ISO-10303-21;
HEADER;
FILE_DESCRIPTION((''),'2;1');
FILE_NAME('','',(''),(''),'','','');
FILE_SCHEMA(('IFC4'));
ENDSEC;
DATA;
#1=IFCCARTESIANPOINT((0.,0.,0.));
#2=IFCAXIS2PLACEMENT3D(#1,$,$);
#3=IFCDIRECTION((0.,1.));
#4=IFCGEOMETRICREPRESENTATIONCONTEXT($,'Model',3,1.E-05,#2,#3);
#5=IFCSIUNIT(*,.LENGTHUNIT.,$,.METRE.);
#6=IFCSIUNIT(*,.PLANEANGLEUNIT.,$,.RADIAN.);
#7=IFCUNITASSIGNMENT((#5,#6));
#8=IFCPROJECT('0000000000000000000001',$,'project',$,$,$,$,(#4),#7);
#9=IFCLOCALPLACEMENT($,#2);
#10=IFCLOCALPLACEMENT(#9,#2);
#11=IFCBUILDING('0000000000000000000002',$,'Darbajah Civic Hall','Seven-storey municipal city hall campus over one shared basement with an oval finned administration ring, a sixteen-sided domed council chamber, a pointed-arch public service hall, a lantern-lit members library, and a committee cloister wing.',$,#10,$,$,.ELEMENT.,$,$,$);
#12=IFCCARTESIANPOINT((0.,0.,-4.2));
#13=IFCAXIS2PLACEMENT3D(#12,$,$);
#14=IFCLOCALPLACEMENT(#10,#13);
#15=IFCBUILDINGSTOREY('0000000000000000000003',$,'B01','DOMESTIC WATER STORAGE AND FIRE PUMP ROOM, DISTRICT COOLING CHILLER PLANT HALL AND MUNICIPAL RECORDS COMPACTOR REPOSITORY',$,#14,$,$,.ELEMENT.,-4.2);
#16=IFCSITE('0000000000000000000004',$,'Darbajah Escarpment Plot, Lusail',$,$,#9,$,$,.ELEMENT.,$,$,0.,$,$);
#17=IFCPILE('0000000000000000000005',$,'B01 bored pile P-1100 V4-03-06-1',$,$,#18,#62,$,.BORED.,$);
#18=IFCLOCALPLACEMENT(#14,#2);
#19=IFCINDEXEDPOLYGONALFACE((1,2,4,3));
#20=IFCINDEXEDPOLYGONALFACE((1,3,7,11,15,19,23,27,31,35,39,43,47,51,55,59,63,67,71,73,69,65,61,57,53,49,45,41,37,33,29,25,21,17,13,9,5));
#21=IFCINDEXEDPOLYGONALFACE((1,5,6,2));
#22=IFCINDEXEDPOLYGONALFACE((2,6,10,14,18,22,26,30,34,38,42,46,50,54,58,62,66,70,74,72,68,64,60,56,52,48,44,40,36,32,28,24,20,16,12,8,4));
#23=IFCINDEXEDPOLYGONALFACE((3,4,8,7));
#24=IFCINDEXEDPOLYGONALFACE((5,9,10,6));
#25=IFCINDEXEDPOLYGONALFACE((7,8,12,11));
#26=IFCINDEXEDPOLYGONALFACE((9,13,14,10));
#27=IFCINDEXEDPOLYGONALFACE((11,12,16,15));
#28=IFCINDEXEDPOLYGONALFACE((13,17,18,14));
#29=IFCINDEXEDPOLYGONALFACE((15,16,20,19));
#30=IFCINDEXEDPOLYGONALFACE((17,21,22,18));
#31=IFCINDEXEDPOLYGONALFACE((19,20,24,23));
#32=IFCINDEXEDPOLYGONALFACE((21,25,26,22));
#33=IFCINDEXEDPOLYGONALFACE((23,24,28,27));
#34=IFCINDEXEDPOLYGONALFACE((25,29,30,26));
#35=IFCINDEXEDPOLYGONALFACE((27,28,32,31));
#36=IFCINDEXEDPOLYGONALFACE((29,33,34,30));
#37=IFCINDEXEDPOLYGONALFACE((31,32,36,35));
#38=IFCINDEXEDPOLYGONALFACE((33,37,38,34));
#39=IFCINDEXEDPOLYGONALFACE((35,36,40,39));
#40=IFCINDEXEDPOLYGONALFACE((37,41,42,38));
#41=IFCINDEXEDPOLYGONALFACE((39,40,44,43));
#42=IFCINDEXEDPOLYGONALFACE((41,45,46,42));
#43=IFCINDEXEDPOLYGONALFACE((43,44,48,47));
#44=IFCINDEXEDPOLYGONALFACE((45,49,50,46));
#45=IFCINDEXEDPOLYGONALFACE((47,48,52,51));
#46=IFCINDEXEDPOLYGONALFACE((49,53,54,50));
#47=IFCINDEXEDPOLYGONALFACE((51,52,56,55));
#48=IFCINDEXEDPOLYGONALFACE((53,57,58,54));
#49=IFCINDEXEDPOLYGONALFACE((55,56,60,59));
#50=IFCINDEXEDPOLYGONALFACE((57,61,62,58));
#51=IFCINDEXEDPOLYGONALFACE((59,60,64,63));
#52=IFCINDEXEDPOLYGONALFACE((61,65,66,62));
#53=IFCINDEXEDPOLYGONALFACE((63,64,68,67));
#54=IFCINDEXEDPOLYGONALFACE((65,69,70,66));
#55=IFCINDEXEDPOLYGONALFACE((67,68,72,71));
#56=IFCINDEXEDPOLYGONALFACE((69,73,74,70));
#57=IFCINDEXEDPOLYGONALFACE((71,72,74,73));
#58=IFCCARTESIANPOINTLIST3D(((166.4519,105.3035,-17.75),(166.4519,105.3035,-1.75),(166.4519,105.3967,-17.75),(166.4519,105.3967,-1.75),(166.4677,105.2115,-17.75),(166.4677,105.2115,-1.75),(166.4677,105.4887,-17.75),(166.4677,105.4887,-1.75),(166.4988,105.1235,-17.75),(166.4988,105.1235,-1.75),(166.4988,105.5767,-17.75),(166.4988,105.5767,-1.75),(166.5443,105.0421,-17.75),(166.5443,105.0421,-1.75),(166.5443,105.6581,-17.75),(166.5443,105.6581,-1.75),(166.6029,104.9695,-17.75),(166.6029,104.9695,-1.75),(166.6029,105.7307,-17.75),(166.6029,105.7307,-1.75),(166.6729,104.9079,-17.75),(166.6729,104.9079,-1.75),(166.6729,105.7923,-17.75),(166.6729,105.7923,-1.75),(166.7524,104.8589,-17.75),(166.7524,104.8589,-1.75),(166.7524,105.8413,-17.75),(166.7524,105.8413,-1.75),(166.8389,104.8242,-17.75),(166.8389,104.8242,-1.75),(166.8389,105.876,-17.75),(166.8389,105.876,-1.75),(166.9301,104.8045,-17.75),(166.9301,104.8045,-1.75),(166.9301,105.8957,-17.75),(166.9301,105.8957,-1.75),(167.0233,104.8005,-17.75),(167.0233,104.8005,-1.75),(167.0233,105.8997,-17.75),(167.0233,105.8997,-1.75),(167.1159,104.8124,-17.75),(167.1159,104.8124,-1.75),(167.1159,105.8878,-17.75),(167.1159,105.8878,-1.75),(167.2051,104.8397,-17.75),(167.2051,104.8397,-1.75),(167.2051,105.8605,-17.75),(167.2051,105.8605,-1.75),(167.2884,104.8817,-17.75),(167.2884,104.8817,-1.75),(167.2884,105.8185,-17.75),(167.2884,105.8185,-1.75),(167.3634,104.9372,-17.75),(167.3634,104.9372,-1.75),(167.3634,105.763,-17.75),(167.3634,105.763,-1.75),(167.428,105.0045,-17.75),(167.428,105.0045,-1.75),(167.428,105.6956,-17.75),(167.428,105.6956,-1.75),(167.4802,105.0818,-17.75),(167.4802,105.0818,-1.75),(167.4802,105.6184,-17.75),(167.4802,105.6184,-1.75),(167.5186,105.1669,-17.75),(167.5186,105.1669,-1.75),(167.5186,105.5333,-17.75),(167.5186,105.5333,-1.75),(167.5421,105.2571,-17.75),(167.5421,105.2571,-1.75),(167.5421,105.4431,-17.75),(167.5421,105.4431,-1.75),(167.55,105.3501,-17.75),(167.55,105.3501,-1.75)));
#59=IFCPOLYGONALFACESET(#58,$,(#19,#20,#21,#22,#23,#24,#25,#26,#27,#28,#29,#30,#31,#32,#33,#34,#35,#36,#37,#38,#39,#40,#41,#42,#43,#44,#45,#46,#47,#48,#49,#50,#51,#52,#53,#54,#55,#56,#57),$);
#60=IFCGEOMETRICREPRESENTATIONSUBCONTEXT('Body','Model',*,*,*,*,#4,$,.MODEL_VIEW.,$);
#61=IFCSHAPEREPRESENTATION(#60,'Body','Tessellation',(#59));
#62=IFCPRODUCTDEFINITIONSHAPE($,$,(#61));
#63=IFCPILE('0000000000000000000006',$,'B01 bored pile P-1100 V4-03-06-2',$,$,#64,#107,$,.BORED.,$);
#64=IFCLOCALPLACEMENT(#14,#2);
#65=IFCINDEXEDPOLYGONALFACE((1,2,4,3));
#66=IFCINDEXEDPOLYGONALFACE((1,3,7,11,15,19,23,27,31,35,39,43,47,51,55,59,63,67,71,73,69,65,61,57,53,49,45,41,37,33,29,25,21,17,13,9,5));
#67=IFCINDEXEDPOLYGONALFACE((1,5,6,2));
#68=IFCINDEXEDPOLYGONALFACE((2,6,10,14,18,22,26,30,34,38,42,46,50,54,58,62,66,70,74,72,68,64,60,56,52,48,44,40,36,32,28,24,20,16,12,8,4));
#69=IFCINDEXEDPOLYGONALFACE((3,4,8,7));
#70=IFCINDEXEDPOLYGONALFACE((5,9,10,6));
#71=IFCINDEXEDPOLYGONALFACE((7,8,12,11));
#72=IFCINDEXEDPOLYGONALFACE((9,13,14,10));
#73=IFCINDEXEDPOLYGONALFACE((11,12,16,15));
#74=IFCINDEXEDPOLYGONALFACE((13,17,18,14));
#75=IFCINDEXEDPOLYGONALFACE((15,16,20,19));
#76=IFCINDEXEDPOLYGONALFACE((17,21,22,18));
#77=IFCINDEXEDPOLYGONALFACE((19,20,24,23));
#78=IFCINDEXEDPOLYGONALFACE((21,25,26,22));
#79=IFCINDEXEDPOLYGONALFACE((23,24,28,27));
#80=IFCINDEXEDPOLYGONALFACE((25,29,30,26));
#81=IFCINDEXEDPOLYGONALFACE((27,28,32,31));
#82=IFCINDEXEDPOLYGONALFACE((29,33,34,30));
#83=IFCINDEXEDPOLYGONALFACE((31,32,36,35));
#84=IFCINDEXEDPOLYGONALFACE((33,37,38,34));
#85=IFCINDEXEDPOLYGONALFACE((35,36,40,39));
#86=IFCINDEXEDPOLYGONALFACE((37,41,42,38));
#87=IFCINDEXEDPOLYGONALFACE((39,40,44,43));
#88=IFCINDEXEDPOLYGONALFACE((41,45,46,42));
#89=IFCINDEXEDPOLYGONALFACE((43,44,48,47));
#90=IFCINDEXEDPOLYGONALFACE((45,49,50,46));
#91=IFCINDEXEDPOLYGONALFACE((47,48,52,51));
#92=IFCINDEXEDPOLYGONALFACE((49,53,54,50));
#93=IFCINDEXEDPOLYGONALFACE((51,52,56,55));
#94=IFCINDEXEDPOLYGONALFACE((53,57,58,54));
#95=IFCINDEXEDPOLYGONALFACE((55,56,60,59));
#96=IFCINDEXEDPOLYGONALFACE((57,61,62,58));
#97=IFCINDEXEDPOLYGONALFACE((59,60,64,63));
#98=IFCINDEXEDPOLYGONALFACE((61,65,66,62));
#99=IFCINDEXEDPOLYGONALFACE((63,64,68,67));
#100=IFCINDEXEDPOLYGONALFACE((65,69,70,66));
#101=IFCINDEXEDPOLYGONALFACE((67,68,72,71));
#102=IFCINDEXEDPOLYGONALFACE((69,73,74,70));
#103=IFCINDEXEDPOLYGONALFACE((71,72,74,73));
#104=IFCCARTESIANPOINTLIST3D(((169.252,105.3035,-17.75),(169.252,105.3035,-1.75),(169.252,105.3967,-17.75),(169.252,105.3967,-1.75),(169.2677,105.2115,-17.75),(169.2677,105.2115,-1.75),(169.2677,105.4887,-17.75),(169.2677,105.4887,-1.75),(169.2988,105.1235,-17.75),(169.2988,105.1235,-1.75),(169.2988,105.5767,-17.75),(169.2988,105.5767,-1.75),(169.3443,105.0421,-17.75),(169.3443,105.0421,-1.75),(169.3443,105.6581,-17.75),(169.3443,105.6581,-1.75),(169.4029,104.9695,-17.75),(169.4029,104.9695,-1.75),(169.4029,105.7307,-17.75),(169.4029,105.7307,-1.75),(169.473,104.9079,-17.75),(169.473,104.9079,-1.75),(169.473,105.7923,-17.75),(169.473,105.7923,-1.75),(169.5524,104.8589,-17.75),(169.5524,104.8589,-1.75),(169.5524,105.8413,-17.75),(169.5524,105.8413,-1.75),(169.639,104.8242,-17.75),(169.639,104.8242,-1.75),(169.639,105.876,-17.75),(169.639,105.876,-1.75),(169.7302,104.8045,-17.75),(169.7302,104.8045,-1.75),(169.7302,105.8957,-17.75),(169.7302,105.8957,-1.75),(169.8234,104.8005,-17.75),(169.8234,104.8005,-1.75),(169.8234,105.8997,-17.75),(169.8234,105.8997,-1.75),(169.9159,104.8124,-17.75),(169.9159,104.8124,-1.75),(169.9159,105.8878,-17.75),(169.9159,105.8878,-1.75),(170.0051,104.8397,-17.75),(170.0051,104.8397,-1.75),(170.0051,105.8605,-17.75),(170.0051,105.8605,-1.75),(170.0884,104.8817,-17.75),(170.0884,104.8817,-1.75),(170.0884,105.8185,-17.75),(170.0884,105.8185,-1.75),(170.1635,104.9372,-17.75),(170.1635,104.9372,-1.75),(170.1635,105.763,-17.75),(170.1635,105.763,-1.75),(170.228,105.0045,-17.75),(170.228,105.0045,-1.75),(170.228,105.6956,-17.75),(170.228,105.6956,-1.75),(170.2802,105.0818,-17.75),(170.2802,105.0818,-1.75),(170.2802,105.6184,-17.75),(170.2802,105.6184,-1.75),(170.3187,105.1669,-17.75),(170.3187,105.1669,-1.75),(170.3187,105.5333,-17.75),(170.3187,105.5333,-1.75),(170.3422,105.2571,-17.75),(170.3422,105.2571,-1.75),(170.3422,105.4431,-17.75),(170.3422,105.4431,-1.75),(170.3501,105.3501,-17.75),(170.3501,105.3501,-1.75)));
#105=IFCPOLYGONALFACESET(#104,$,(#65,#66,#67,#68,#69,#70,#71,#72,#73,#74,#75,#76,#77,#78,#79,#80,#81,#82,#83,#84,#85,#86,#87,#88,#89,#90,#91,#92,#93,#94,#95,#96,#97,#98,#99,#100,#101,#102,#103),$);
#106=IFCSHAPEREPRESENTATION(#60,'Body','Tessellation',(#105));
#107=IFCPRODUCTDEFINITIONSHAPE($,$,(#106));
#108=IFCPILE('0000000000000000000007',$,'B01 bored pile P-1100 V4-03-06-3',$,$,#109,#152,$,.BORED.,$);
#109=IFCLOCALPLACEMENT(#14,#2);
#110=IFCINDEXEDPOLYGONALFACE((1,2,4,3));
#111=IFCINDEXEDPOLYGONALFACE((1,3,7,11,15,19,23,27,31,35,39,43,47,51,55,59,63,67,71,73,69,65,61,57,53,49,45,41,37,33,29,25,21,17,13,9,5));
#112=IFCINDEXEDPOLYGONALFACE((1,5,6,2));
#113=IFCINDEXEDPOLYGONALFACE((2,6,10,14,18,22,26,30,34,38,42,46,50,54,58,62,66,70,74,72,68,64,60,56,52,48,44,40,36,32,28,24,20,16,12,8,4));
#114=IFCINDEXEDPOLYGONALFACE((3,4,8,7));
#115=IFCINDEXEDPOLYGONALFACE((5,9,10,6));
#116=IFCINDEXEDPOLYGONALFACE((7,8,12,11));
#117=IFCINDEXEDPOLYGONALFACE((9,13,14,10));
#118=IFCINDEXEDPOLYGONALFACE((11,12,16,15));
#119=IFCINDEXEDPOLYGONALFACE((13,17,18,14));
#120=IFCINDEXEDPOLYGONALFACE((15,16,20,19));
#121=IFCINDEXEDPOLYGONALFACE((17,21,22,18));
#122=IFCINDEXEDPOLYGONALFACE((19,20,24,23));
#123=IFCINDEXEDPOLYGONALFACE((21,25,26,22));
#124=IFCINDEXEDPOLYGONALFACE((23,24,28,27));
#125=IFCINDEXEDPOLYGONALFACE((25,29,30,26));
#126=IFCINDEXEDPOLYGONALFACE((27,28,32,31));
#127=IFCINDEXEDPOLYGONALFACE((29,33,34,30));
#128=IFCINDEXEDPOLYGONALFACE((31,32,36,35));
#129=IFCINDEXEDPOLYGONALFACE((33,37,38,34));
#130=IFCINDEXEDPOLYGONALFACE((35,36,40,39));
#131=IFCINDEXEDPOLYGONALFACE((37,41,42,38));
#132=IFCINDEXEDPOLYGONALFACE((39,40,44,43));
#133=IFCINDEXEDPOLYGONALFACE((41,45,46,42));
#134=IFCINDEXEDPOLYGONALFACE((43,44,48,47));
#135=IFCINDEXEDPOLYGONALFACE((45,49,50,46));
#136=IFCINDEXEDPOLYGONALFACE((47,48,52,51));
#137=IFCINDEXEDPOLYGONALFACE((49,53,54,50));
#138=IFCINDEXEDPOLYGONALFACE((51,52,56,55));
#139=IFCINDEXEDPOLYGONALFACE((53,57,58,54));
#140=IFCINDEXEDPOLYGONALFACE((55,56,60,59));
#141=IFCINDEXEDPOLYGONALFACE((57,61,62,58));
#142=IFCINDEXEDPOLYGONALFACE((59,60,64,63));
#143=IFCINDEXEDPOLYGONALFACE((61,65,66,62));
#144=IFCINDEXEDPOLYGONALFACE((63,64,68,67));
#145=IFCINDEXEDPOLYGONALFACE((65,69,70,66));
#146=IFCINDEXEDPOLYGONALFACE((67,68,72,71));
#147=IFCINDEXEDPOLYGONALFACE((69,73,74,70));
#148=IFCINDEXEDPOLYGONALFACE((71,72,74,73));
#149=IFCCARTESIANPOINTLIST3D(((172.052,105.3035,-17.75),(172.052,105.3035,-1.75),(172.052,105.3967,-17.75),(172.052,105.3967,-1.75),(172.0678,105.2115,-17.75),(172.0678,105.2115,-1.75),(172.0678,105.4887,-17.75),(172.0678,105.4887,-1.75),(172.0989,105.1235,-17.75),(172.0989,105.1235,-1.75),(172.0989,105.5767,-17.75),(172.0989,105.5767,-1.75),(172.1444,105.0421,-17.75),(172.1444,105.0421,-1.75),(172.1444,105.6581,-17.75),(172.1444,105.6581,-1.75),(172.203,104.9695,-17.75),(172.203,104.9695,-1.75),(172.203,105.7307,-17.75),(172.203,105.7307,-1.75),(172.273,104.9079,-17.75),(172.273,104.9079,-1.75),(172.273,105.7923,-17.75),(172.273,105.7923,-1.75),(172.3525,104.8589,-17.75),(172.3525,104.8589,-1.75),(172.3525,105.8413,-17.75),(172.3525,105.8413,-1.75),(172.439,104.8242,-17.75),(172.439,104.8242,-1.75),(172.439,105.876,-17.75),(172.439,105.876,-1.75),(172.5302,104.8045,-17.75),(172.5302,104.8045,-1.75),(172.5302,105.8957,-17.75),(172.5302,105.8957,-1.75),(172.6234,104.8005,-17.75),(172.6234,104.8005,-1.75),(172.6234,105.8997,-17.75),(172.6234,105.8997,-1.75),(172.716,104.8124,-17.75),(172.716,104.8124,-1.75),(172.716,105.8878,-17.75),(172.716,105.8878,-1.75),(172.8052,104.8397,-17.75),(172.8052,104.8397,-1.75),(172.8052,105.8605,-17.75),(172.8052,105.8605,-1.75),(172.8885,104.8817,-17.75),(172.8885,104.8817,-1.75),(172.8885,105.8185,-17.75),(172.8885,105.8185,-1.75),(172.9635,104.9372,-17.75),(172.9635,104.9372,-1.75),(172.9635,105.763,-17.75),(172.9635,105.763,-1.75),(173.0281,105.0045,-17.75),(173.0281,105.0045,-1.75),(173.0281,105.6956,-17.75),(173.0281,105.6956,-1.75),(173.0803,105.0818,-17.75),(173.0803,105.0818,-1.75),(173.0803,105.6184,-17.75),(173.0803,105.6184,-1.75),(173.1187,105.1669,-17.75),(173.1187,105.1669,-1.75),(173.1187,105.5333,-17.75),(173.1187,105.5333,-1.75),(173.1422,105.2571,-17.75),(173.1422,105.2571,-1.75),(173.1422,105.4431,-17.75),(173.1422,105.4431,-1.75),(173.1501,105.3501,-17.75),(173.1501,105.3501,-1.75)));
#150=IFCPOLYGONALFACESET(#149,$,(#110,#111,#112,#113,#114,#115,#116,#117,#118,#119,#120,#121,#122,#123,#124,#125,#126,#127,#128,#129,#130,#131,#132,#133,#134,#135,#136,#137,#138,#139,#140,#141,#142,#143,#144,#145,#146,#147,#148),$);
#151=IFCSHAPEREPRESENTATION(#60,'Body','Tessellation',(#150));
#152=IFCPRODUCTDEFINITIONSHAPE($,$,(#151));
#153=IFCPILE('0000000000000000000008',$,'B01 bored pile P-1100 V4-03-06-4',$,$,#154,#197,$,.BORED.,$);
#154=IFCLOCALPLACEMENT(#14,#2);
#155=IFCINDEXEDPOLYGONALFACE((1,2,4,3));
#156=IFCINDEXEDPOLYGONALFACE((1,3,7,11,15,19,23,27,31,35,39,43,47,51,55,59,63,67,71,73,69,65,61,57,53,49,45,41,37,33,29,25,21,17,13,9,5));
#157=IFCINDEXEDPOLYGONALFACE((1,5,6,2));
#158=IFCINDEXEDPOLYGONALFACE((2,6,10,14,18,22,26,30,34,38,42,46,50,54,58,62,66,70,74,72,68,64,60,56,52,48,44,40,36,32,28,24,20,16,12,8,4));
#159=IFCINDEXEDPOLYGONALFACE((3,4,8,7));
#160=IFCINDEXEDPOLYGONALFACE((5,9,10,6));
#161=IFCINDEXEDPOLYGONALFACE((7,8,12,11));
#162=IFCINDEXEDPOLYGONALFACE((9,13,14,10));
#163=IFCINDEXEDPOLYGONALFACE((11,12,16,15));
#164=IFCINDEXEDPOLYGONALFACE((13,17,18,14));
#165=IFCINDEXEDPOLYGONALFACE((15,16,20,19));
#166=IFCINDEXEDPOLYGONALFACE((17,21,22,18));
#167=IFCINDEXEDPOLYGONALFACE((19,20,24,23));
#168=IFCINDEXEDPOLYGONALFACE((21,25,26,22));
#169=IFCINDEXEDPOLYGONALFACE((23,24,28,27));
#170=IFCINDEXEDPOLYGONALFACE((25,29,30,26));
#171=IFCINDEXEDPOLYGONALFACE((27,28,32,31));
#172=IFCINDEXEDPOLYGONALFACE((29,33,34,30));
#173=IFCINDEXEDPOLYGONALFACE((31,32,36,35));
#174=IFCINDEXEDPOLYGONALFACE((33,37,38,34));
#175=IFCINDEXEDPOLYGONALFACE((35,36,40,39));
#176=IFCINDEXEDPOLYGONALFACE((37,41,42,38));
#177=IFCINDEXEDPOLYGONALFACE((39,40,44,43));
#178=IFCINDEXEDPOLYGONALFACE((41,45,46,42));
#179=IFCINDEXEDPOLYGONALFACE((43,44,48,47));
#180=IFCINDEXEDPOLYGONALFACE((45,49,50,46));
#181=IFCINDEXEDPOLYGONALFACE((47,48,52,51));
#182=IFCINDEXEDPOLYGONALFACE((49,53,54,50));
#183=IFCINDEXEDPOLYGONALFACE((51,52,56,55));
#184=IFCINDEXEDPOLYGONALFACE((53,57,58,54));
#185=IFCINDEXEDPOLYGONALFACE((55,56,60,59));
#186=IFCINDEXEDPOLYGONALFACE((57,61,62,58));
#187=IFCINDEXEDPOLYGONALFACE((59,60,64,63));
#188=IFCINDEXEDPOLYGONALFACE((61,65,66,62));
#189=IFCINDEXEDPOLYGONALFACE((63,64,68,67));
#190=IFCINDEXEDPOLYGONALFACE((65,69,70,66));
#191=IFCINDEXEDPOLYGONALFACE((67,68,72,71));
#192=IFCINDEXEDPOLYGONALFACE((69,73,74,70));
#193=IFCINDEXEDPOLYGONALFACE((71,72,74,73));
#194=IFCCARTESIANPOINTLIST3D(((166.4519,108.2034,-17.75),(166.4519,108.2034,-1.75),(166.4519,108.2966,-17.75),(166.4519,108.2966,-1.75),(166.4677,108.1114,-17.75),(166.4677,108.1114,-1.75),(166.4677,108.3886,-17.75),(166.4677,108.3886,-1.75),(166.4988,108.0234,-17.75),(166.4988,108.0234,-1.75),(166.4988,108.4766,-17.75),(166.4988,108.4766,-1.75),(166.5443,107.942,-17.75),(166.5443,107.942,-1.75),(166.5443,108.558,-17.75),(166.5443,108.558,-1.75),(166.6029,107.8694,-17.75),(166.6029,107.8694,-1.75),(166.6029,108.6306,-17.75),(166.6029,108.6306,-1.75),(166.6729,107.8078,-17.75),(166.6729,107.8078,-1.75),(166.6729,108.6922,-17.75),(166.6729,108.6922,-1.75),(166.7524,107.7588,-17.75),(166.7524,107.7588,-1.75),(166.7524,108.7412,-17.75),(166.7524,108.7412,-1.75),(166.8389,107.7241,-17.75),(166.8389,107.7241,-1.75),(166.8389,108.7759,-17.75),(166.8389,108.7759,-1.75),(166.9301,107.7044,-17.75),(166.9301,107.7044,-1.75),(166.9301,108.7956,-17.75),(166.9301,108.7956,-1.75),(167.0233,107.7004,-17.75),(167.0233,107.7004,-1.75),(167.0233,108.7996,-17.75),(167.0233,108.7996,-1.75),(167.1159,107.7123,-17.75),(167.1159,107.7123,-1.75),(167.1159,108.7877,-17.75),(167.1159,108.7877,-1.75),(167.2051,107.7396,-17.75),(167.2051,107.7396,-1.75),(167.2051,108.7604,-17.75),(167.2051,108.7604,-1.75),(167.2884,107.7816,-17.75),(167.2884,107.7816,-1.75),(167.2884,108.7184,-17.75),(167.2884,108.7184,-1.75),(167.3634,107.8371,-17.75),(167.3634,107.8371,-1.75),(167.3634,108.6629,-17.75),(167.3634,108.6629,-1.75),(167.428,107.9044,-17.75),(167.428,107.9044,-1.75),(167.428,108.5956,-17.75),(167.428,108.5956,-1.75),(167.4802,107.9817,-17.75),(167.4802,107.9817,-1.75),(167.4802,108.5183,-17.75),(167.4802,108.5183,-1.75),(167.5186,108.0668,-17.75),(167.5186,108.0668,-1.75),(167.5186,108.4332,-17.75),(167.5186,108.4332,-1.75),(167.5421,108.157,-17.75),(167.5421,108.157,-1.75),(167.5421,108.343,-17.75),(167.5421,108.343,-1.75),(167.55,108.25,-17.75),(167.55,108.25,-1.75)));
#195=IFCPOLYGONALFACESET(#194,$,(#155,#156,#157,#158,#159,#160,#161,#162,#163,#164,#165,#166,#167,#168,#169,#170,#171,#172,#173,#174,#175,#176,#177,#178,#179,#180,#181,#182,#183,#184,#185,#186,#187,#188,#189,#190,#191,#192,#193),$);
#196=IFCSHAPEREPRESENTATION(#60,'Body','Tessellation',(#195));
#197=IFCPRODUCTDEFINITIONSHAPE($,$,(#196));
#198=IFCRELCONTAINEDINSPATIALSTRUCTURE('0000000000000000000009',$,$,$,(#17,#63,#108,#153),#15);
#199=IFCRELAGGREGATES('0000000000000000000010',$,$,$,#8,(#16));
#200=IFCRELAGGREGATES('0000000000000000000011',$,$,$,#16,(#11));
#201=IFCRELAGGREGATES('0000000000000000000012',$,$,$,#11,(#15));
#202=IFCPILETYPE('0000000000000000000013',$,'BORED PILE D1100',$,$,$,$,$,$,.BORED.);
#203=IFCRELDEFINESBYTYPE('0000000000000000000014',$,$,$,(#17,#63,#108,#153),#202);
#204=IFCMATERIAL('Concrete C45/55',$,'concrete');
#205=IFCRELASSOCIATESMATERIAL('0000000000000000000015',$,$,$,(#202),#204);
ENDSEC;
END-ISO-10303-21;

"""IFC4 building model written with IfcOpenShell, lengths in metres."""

from ifc_helpers import new_model, si_unit, direction, frame, origin, origin_2d, place, context, subcontext, project, spatial, circle, extrude, material, material_profile, profile_set, type_object, element, save


model = new_model("IFC4")

# Units and contexts
model_context = context("Model", 3, precision=1e-05, world=origin(), true_north=direction((0.0, 1.0)))
body_context = subcontext(model_context, "Body", "Model", "MODEL_VIEW")
ifc_project = project(units=[si_unit("LENGTHUNIT", "METRE"), si_unit("PLANEANGLEUNIT", "RADIAN")], contexts=[model_context])

# Site, building, storey
site_placement = place(None, origin())
site = spatial("IfcSite", under=ifc_project, at=site_placement, Name="Darbajah Escarpment Plot, Lusail", CompositionType="ELEMENT", RefElevation=0.0)
building_placement = place(site_placement, origin())
building = spatial("IfcBuilding", under=site, at=building_placement, Name="Darbajah Civic Hall", Description="Seven-storey municipal city hall campus over one shared basement with an oval finned administration ring, a sixteen-sided domed council chamber, a pointed-arch public service hall, a lantern-lit members library, and a committee cloister wing.", CompositionType="ELEMENT")
storey_placement = place(building_placement, frame((0.0, 0.0, -4.2)))
storey = spatial("IfcBuildingStorey", under=building, at=storey_placement, Name="B01", Description="DOMESTIC WATER STORAGE AND FIRE PUMP ROOM, DISTRICT COOLING CHILLER PLANT HALL AND MUNICIPAL RECORDS COMPACTOR REPOSITORY", CompositionType="ELEMENT", Elevation=-4.2)

# Piles
ifc_material_1 = material(Name="Concrete C45/55", Category="concrete")
ifc_material_profile_1 = material_profile(ifc_material_1, circle(Radius=0.55, at=origin_2d()), Name="BORED PILE D1100")
ifc_profile_set_1 = profile_set([ifc_material_profile_1], Name="Concrete C45/55")
pile_type_1 = type_object("IfcPileType", Name="BORED PILE D1100", PredefinedType="BORED", material=ifc_profile_set_1)
for number, where, z_axis, x_axis, name in (
    (1, (167.0, 105.3501, -1.75), (0.0, 0.0, -1.0), (1.0, 0.0, 0.0), "B01 bored pile P-1100 V4-03-06-1"),
    (2, (169.8, 105.3501, -1.75), (0.0, 0.0, -1.0), (1.0, 0.0, 0.0), "B01 bored pile P-1100 V4-03-06-2"),
    (3, (172.6001, 105.3501, -1.75), (0.0, 0.0, -1.0), (1.0, 0.0, 0.0), "B01 bored pile P-1100 V4-03-06-3"),
    (4, (167.0, 108.25, -1.75), (0.0, 0.0, -1.0), (1.0, 0.0, 0.0), "B01 bored pile P-1100 V4-03-06-4"),
):
    element("IfcPile", number, at=place(storey_placement, frame(where, z_axis=z_axis, x_axis=x_axis)), inside=storey, type_object=pile_type_1, Name=name, PredefinedType="BORED", context=body_context, shape_type="SweptSolid", body=[
        extrude(circle(Radius=0.55, at=origin_2d()), origin(), (0.0, 0.0, 1.0), 16.0),
    ])

save(model, "model.ifc")
